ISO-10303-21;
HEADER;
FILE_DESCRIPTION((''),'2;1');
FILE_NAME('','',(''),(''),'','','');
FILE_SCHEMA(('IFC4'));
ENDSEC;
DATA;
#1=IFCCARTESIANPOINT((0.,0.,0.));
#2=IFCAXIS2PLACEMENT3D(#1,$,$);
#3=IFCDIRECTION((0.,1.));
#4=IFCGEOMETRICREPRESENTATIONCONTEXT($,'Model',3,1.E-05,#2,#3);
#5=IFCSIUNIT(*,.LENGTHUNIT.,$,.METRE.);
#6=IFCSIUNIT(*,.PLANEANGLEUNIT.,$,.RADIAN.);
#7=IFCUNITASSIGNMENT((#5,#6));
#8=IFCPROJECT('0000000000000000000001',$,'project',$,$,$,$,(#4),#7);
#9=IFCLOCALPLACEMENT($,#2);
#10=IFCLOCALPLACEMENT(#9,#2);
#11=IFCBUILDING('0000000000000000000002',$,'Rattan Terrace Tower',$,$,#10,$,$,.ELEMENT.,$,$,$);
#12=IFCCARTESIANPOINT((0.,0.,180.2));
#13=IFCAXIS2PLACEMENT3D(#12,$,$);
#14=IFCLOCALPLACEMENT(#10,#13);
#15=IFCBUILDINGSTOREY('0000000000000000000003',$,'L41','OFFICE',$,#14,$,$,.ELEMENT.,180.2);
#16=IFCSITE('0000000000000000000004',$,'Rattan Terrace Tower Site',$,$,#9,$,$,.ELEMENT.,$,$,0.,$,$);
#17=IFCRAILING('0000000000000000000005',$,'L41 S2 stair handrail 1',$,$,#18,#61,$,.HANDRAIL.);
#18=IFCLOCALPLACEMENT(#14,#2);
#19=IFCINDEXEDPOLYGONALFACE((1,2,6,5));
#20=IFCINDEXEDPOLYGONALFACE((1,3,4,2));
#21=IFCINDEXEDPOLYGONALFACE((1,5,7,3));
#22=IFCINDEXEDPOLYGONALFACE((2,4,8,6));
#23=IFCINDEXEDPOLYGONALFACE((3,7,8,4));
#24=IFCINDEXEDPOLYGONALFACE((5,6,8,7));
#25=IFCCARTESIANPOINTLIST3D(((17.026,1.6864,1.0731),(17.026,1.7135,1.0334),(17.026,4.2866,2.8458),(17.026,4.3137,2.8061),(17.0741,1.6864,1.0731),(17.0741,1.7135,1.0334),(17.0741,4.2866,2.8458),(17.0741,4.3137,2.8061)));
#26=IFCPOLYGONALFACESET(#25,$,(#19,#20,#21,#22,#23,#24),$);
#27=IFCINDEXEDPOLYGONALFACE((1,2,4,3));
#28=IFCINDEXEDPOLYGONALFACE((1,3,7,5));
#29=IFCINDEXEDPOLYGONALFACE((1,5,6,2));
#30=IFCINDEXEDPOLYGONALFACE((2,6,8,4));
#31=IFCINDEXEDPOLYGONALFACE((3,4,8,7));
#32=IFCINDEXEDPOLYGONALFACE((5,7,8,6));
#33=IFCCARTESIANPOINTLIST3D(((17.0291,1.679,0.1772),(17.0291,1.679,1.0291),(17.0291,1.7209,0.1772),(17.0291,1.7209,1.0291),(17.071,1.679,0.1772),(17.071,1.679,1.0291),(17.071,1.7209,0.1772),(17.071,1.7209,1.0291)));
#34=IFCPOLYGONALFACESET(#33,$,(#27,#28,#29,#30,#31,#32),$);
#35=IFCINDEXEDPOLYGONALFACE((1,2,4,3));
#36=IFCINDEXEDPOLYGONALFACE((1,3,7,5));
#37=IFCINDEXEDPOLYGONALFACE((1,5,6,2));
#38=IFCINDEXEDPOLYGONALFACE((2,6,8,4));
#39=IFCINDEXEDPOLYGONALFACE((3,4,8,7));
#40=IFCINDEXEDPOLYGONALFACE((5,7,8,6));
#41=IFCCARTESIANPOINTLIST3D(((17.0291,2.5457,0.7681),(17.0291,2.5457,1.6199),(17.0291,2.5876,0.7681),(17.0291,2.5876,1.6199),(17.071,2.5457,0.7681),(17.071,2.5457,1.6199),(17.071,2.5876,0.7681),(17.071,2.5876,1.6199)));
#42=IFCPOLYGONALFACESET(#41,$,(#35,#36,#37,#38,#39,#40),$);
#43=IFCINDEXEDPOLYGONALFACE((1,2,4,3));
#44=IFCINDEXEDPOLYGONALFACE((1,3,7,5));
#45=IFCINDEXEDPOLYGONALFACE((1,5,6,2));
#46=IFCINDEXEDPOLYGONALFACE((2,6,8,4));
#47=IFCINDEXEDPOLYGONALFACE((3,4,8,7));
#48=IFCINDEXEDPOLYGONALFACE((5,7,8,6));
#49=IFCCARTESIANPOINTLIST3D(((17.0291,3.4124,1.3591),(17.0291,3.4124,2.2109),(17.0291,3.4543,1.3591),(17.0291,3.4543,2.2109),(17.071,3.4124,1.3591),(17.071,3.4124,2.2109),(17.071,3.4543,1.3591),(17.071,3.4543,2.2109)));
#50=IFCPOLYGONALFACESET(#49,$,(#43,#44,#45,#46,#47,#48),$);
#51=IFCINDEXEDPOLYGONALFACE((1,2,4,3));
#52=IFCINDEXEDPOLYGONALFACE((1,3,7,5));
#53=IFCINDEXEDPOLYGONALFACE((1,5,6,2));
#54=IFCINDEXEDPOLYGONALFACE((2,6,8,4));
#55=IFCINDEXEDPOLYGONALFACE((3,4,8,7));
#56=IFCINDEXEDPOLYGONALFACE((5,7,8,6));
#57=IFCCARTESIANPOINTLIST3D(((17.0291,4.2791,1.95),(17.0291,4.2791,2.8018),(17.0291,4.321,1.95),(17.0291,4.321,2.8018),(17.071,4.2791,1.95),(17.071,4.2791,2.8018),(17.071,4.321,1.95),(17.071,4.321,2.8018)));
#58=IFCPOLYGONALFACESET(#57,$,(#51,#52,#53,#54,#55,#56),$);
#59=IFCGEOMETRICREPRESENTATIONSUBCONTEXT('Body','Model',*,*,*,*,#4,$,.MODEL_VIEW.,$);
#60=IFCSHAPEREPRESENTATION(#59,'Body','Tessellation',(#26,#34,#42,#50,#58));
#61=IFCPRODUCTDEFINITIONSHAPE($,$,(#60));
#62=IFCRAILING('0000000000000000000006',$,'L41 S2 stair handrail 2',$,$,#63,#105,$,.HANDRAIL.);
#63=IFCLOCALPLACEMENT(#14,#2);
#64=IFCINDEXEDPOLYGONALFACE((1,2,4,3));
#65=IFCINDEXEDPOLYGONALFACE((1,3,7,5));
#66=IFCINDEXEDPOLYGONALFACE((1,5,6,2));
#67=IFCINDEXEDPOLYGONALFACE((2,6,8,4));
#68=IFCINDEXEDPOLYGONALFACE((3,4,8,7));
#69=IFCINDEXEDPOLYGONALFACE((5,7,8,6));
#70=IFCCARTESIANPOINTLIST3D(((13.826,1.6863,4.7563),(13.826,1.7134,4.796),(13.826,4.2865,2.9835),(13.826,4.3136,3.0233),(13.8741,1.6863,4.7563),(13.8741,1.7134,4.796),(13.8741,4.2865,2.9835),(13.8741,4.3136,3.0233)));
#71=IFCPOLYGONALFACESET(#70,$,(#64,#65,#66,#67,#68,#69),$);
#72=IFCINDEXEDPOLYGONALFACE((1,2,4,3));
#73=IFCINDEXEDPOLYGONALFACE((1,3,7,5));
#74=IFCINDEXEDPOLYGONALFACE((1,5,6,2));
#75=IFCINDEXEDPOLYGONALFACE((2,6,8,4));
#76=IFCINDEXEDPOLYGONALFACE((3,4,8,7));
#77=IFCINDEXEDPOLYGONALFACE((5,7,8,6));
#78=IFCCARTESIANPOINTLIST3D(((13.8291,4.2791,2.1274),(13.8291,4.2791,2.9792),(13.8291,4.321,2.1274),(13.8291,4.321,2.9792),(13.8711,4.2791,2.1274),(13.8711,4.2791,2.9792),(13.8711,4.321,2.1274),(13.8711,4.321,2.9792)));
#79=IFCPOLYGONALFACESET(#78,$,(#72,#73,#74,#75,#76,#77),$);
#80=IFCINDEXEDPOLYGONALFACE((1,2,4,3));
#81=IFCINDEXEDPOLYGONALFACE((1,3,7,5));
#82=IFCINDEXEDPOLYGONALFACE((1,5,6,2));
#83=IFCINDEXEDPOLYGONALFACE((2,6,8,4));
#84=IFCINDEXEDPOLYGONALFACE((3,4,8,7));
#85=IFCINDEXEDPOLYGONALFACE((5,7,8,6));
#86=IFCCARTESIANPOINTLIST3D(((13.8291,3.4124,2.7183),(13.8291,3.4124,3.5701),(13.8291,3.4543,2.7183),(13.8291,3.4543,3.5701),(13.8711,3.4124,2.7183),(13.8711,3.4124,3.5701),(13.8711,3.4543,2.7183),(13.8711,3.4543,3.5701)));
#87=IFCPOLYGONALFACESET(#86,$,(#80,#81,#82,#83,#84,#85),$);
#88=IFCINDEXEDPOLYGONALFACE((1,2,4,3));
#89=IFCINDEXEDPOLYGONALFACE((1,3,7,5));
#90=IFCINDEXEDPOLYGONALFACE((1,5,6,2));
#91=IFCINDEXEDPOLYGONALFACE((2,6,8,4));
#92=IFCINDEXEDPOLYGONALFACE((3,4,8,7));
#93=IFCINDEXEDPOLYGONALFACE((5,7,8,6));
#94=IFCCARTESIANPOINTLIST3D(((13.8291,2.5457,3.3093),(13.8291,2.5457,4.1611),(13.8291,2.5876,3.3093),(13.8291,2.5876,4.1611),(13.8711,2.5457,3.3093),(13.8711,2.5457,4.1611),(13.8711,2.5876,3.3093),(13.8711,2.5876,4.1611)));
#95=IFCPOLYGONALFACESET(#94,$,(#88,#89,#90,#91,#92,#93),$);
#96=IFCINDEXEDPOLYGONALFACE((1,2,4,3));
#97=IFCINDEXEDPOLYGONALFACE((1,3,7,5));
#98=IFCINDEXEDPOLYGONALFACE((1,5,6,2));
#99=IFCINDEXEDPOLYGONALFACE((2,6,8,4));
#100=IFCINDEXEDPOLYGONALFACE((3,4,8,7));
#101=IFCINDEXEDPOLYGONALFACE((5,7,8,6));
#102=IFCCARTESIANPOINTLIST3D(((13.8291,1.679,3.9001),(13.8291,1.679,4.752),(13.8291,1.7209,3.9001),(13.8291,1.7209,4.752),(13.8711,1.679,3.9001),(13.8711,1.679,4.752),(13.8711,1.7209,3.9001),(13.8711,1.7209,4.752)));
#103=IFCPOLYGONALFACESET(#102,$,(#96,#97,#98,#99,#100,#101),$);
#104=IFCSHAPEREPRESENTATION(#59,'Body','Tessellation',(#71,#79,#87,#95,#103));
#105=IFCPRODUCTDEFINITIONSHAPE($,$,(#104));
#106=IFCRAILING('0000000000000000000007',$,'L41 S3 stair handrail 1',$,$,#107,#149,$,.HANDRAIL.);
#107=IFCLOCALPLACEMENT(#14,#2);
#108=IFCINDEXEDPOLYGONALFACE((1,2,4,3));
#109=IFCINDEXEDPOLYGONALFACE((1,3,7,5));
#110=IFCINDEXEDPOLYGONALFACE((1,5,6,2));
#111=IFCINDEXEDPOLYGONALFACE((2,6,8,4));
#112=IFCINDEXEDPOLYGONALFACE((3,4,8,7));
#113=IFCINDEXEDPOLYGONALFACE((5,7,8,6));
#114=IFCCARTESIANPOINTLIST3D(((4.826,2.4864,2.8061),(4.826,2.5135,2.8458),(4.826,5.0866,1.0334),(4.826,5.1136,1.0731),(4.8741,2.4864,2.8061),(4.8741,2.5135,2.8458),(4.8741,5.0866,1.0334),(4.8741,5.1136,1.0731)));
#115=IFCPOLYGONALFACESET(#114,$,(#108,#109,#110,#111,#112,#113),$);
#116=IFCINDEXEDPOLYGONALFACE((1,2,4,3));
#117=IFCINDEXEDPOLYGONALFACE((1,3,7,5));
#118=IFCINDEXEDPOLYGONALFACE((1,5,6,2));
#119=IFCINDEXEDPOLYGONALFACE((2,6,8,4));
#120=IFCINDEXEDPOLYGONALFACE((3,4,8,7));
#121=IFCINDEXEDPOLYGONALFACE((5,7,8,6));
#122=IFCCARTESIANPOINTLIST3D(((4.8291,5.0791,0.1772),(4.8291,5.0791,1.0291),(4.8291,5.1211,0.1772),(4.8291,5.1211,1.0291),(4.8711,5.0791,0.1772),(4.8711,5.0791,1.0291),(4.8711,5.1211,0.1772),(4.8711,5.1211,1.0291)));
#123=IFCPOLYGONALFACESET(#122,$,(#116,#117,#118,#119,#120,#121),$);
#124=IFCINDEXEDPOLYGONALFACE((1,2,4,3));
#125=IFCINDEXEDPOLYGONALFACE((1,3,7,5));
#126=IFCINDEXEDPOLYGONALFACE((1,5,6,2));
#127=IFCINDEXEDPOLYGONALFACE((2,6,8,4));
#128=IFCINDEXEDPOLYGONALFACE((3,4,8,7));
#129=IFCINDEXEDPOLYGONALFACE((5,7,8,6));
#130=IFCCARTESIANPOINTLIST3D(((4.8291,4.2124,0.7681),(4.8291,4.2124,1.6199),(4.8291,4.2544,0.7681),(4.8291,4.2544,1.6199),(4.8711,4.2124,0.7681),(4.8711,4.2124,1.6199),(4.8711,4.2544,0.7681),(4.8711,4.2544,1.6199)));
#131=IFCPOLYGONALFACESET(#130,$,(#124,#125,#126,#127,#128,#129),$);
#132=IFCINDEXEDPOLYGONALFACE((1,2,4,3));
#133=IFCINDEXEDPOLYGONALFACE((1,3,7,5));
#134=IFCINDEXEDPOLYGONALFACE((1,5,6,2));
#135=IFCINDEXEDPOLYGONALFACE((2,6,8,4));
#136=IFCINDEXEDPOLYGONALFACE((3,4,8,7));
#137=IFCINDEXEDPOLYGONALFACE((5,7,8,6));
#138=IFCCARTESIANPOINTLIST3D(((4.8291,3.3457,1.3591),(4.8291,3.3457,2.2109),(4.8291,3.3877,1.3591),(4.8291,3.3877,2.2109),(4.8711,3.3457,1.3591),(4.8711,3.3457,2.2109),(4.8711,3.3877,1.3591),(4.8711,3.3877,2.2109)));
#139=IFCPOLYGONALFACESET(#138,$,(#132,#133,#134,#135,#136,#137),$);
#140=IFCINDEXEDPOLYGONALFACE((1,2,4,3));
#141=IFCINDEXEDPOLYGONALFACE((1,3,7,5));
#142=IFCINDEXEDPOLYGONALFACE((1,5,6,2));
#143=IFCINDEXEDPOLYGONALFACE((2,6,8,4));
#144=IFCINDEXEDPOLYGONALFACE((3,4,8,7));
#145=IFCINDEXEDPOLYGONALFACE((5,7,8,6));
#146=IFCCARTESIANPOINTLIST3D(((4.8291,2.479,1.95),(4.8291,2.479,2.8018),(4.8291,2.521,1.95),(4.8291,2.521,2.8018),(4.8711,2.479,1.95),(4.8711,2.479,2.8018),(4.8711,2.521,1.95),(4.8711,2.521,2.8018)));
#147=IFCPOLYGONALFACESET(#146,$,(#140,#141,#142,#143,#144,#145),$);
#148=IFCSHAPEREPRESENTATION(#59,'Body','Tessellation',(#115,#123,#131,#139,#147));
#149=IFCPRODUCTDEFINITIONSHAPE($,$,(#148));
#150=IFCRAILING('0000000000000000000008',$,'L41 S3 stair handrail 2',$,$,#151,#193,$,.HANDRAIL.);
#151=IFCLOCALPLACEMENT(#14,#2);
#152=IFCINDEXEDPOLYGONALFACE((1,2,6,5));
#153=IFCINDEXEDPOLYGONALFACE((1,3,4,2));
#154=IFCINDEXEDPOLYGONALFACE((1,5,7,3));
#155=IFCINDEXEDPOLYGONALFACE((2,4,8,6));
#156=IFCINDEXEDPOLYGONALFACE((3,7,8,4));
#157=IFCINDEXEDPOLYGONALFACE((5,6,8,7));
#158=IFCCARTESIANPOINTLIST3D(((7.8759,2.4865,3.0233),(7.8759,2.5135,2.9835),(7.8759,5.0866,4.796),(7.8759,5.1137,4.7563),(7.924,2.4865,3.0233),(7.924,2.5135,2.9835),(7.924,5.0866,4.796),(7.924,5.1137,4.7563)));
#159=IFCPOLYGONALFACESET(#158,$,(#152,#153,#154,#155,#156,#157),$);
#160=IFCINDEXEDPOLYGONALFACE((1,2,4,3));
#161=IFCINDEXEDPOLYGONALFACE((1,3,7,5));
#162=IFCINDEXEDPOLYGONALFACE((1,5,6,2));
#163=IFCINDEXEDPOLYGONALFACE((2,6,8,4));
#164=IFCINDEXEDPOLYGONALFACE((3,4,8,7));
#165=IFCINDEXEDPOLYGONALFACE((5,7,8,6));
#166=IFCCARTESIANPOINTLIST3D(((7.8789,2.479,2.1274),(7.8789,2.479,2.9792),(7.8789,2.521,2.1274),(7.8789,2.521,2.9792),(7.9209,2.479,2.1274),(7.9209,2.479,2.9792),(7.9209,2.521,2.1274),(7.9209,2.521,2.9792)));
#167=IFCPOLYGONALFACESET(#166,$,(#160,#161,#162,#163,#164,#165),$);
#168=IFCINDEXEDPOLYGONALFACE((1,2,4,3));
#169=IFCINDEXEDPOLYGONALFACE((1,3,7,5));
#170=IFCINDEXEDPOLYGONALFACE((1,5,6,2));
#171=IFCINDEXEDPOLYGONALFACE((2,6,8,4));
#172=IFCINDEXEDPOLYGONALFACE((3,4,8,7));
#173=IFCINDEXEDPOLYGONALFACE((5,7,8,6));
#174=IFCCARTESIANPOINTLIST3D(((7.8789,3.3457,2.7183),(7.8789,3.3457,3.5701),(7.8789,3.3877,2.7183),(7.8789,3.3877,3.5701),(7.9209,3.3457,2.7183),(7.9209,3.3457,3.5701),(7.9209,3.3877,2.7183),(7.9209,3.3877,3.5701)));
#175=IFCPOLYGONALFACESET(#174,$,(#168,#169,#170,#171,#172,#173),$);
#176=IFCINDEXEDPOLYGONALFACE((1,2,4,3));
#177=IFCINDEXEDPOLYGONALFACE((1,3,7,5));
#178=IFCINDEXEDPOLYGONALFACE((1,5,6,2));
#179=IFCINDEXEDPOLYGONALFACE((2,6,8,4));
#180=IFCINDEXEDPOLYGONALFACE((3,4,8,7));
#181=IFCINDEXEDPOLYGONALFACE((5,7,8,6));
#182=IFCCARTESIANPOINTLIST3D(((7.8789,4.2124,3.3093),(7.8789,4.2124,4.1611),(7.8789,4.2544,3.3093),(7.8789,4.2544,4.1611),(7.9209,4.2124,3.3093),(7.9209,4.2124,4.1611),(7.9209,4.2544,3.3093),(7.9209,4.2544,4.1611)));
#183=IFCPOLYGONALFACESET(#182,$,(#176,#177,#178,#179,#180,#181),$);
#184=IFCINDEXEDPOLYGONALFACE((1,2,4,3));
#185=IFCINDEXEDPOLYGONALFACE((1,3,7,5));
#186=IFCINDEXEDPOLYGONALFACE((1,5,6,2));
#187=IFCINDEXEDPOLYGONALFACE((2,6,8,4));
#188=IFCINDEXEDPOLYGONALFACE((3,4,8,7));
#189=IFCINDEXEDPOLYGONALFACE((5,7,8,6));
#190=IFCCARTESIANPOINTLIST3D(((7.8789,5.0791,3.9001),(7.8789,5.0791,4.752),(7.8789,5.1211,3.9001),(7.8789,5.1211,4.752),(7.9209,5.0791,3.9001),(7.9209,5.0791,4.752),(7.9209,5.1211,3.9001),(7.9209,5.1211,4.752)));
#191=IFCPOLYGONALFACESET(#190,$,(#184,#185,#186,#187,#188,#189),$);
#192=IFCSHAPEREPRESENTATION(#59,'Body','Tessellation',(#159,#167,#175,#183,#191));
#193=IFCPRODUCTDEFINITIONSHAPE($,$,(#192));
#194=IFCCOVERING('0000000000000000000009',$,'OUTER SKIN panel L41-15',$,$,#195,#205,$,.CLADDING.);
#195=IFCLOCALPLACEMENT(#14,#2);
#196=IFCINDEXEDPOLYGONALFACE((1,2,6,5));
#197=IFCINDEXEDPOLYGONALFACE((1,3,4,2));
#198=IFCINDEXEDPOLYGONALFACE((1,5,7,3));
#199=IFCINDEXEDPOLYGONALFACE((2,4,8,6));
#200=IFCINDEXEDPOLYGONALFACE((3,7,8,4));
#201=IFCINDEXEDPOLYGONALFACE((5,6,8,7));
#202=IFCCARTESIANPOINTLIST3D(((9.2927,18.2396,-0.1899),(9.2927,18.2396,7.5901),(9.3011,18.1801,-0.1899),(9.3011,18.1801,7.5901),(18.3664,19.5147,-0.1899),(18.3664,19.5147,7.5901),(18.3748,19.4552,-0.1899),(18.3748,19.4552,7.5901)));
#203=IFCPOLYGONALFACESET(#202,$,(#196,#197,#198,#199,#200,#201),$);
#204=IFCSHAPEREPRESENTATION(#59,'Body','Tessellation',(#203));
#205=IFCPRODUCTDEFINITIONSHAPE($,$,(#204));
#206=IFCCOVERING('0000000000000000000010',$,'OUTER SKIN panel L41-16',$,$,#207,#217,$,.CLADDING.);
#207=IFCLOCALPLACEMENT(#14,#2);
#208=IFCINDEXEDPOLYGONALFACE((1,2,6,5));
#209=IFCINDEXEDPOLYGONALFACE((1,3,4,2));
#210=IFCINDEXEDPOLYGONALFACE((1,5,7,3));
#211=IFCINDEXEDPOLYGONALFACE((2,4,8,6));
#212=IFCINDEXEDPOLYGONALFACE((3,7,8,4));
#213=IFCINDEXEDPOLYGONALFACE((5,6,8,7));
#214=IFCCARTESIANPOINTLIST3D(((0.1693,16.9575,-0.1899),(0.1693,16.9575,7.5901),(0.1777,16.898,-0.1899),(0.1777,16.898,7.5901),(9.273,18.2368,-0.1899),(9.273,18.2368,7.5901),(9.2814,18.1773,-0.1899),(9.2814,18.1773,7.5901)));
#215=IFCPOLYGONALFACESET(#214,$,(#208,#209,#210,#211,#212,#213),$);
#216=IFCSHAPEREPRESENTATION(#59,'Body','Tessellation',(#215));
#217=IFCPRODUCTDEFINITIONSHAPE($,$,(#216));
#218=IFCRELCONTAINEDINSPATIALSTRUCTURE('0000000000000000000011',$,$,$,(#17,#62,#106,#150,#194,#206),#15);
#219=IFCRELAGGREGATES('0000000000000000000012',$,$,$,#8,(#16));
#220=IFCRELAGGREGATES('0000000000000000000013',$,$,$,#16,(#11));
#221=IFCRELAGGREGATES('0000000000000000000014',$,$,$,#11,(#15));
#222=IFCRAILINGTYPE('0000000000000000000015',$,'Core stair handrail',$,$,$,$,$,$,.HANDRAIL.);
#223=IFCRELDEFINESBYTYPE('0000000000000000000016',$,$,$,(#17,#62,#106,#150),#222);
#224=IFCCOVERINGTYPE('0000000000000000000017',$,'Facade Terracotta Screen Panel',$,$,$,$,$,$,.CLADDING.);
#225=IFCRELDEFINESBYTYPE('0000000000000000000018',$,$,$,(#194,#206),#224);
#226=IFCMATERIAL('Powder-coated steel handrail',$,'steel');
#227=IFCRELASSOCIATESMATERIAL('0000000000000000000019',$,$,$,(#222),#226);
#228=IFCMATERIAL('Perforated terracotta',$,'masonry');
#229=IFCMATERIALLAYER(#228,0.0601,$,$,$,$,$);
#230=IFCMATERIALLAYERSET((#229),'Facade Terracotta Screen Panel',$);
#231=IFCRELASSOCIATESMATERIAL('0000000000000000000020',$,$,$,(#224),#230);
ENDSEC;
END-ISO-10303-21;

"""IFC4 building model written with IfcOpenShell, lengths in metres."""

from ifc_helpers import new_model, si_unit, direction, frame, origin, origin_2d, place, context, subcontext, project, spatial, rectangle, extrude, material, layer, layer_set, type_object, element, save


model = new_model("IFC4")

# Units and contexts
model_context = context("Model", 3, precision=1e-05, world=origin(), true_north=direction((0.0, 1.0)))
body_context = subcontext(model_context, "Body", "Model", "MODEL_VIEW")
ifc_project = project(units=[si_unit("LENGTHUNIT", "METRE"), si_unit("PLANEANGLEUNIT", "RADIAN")], contexts=[model_context])

# Site, building, storey
site_placement = place(None, origin())
site = spatial("IfcSite", under=ifc_project, at=site_placement, Name="Rattan Terrace Tower Site", CompositionType="ELEMENT", RefElevation=0.0)
building_placement = place(site_placement, origin())
building = spatial("IfcBuilding", under=site, at=building_placement, Name="Rattan Terrace Tower", CompositionType="ELEMENT")
storey_placement = place(building_placement, frame((0.0, 0.0, 180.2)))
storey = spatial("IfcBuildingStorey", under=building, at=storey_placement, Name="L41", Description="OFFICE", CompositionType="ELEMENT", Elevation=180.2)

# Railings
ifc_material_1 = material(Name="Powder-coated steel handrail", Category="steel")
railing_type_1 = type_object("IfcRailingType", Name="Core stair handrail", PredefinedType="HANDRAIL", material=ifc_material_1)
railing_1_placement = place(storey_placement, frame((17.05, 1.7, 0.1772)))
element("IfcRailing", 1, at=railing_1_placement, inside=storey, type_object=railing_type_1, Name="L41 S2 stair handrail 1", PredefinedType="HANDRAIL", context=body_context, shape_type="SweptSolid", body=[
    extrude(rectangle(XDim=0.0481, YDim=0.0481, at=origin_2d()), frame((0.0, 0.0, 0.876), z_axis=(0.0, 0.82624, 0.563318), x_axis=(-1.0, 0.0, 0.0)), (0.0, 0.0, 1.0), 3.147),
    extrude(rectangle(XDim=0.042, YDim=0.042, at=origin_2d()), origin(), (0.0, 0.0, 1.0), 0.8518),
    extrude(rectangle(XDim=0.042, YDim=0.042, at=origin_2d()), frame((0.0, 0.8667, 0.5908)), (0.0, 0.0, 1.0), 0.8518),
    extrude(rectangle(XDim=0.042, YDim=0.042, at=origin_2d()), frame((0.0, 1.7334, 1.1819)), (0.0, 0.0, 1.0), 0.8518),
    extrude(rectangle(XDim=0.042, YDim=0.042, at=origin_2d()), frame((0.0, 2.6001, 1.7727)), (0.0, 0.0, 1.0), 0.8518),
])
for number, where, name in (
    (2, (13.8501, 4.3, 2.1274), "L41 S2 stair handrail 2"),
    (3, (4.8501, 5.1001, 0.1772), "L41 S3 stair handrail 1"),
):
    element("IfcRailing", number, at=place(storey_placement, frame(where)), inside=storey, type_object=railing_type_1, Name=name, PredefinedType="HANDRAIL", context=body_context, shape_type="SweptSolid", body=[
        extrude(rectangle(XDim=0.0481, YDim=0.0481, at=origin_2d()), frame((0.0, 0.0, 0.876), z_axis=(0.0, -0.82624, 0.563318), x_axis=(1.0, 0.0, 0.0)), (0.0, 0.0, 1.0), 3.147),
        extrude(rectangle(XDim=0.042, YDim=0.042, at=origin_2d()), origin(), (0.0, 0.0, 1.0), 0.8518),
        extrude(rectangle(XDim=0.042, YDim=0.042, at=origin_2d()), frame((0.0, -0.8667, 0.5908)), (0.0, 0.0, 1.0), 0.8518),
        extrude(rectangle(XDim=0.042, YDim=0.042, at=origin_2d()), frame((0.0, -1.7334, 1.1819)), (0.0, 0.0, 1.0), 0.8518),
        extrude(rectangle(XDim=0.042, YDim=0.042, at=origin_2d()), frame((0.0, -2.6001, 1.7727)), (0.0, 0.0, 1.0), 0.8518),
    ])
railing_2_placement = place(storey_placement, frame((7.8999, 2.5, 2.1274)))
element("IfcRailing", 4, at=railing_2_placement, inside=storey, type_object=railing_type_1, Name="L41 S3 stair handrail 2", PredefinedType="HANDRAIL", context=body_context, shape_type="SweptSolid", body=[
    extrude(rectangle(XDim=0.0481, YDim=0.0481, at=origin_2d()), frame((0.0, 0.0, 0.876), z_axis=(0.0, 0.82624, 0.563318), x_axis=(-1.0, 0.0, 0.0)), (0.0, 0.0, 1.0), 3.147),
    extrude(rectangle(XDim=0.042, YDim=0.042, at=origin_2d()), origin(), (0.0, 0.0, 1.0), 0.8518),
    extrude(rectangle(XDim=0.042, YDim=0.042, at=origin_2d()), frame((0.0, 0.8667, 0.5908)), (0.0, 0.0, 1.0), 0.8518),
    extrude(rectangle(XDim=0.042, YDim=0.042, at=origin_2d()), frame((0.0, 1.7334, 1.1819)), (0.0, 0.0, 1.0), 0.8518),
    extrude(rectangle(XDim=0.042, YDim=0.042, at=origin_2d()), frame((0.0, 2.6001, 1.7727)), (0.0, 0.0, 1.0), 0.8518),
])

# Coverings
ifc_material_2 = material(Name="Perforated terracotta", Category="masonry")
ifc_layer_1 = layer(ifc_material_2, 0.0601)
ifc_layer_set_1 = layer_set([ifc_layer_1], Name="Facade Terracotta Screen Panel")
covering_type = type_object("IfcCoveringType", Name="Facade Terracotta Screen Panel", PredefinedType="CLADDING", material=ifc_layer_set_1)
covering_1_placement = place(storey_placement, frame((13.8337, 18.8474, -0.1899), z_axis=(0.0, 0.0, 1.0), x_axis=(-0.99027, -0.139161, 0.0)))
element("IfcCovering", 5, at=covering_1_placement, inside=storey, type_object=covering_type, Name="OUTER SKIN panel L41-15", PredefinedType="CLADDING", context=body_context, shape_type="SweptSolid", body=[
    extrude(rectangle(XDim=9.1628, YDim=0.0601, at=origin_2d()), origin(), (0.0, 0.0, 1.0), 7.78),
])
covering_2_placement = place(storey_placement, frame((4.7253, 17.5674, -0.1899), z_axis=(0.0, 0.0, 1.0), x_axis=(-0.99027, -0.139161, 0.0)))
element("IfcCovering", 6, at=covering_2_placement, inside=storey, type_object=covering_type, Name="OUTER SKIN panel L41-16", PredefinedType="CLADDING", context=body_context, shape_type="SweptSolid", body=[
    extrude(rectangle(XDim=9.1931, YDim=0.0601, at=origin_2d()), origin(), (0.0, 0.0, 1.0), 7.78),
])

save(model, "model.ifc")
